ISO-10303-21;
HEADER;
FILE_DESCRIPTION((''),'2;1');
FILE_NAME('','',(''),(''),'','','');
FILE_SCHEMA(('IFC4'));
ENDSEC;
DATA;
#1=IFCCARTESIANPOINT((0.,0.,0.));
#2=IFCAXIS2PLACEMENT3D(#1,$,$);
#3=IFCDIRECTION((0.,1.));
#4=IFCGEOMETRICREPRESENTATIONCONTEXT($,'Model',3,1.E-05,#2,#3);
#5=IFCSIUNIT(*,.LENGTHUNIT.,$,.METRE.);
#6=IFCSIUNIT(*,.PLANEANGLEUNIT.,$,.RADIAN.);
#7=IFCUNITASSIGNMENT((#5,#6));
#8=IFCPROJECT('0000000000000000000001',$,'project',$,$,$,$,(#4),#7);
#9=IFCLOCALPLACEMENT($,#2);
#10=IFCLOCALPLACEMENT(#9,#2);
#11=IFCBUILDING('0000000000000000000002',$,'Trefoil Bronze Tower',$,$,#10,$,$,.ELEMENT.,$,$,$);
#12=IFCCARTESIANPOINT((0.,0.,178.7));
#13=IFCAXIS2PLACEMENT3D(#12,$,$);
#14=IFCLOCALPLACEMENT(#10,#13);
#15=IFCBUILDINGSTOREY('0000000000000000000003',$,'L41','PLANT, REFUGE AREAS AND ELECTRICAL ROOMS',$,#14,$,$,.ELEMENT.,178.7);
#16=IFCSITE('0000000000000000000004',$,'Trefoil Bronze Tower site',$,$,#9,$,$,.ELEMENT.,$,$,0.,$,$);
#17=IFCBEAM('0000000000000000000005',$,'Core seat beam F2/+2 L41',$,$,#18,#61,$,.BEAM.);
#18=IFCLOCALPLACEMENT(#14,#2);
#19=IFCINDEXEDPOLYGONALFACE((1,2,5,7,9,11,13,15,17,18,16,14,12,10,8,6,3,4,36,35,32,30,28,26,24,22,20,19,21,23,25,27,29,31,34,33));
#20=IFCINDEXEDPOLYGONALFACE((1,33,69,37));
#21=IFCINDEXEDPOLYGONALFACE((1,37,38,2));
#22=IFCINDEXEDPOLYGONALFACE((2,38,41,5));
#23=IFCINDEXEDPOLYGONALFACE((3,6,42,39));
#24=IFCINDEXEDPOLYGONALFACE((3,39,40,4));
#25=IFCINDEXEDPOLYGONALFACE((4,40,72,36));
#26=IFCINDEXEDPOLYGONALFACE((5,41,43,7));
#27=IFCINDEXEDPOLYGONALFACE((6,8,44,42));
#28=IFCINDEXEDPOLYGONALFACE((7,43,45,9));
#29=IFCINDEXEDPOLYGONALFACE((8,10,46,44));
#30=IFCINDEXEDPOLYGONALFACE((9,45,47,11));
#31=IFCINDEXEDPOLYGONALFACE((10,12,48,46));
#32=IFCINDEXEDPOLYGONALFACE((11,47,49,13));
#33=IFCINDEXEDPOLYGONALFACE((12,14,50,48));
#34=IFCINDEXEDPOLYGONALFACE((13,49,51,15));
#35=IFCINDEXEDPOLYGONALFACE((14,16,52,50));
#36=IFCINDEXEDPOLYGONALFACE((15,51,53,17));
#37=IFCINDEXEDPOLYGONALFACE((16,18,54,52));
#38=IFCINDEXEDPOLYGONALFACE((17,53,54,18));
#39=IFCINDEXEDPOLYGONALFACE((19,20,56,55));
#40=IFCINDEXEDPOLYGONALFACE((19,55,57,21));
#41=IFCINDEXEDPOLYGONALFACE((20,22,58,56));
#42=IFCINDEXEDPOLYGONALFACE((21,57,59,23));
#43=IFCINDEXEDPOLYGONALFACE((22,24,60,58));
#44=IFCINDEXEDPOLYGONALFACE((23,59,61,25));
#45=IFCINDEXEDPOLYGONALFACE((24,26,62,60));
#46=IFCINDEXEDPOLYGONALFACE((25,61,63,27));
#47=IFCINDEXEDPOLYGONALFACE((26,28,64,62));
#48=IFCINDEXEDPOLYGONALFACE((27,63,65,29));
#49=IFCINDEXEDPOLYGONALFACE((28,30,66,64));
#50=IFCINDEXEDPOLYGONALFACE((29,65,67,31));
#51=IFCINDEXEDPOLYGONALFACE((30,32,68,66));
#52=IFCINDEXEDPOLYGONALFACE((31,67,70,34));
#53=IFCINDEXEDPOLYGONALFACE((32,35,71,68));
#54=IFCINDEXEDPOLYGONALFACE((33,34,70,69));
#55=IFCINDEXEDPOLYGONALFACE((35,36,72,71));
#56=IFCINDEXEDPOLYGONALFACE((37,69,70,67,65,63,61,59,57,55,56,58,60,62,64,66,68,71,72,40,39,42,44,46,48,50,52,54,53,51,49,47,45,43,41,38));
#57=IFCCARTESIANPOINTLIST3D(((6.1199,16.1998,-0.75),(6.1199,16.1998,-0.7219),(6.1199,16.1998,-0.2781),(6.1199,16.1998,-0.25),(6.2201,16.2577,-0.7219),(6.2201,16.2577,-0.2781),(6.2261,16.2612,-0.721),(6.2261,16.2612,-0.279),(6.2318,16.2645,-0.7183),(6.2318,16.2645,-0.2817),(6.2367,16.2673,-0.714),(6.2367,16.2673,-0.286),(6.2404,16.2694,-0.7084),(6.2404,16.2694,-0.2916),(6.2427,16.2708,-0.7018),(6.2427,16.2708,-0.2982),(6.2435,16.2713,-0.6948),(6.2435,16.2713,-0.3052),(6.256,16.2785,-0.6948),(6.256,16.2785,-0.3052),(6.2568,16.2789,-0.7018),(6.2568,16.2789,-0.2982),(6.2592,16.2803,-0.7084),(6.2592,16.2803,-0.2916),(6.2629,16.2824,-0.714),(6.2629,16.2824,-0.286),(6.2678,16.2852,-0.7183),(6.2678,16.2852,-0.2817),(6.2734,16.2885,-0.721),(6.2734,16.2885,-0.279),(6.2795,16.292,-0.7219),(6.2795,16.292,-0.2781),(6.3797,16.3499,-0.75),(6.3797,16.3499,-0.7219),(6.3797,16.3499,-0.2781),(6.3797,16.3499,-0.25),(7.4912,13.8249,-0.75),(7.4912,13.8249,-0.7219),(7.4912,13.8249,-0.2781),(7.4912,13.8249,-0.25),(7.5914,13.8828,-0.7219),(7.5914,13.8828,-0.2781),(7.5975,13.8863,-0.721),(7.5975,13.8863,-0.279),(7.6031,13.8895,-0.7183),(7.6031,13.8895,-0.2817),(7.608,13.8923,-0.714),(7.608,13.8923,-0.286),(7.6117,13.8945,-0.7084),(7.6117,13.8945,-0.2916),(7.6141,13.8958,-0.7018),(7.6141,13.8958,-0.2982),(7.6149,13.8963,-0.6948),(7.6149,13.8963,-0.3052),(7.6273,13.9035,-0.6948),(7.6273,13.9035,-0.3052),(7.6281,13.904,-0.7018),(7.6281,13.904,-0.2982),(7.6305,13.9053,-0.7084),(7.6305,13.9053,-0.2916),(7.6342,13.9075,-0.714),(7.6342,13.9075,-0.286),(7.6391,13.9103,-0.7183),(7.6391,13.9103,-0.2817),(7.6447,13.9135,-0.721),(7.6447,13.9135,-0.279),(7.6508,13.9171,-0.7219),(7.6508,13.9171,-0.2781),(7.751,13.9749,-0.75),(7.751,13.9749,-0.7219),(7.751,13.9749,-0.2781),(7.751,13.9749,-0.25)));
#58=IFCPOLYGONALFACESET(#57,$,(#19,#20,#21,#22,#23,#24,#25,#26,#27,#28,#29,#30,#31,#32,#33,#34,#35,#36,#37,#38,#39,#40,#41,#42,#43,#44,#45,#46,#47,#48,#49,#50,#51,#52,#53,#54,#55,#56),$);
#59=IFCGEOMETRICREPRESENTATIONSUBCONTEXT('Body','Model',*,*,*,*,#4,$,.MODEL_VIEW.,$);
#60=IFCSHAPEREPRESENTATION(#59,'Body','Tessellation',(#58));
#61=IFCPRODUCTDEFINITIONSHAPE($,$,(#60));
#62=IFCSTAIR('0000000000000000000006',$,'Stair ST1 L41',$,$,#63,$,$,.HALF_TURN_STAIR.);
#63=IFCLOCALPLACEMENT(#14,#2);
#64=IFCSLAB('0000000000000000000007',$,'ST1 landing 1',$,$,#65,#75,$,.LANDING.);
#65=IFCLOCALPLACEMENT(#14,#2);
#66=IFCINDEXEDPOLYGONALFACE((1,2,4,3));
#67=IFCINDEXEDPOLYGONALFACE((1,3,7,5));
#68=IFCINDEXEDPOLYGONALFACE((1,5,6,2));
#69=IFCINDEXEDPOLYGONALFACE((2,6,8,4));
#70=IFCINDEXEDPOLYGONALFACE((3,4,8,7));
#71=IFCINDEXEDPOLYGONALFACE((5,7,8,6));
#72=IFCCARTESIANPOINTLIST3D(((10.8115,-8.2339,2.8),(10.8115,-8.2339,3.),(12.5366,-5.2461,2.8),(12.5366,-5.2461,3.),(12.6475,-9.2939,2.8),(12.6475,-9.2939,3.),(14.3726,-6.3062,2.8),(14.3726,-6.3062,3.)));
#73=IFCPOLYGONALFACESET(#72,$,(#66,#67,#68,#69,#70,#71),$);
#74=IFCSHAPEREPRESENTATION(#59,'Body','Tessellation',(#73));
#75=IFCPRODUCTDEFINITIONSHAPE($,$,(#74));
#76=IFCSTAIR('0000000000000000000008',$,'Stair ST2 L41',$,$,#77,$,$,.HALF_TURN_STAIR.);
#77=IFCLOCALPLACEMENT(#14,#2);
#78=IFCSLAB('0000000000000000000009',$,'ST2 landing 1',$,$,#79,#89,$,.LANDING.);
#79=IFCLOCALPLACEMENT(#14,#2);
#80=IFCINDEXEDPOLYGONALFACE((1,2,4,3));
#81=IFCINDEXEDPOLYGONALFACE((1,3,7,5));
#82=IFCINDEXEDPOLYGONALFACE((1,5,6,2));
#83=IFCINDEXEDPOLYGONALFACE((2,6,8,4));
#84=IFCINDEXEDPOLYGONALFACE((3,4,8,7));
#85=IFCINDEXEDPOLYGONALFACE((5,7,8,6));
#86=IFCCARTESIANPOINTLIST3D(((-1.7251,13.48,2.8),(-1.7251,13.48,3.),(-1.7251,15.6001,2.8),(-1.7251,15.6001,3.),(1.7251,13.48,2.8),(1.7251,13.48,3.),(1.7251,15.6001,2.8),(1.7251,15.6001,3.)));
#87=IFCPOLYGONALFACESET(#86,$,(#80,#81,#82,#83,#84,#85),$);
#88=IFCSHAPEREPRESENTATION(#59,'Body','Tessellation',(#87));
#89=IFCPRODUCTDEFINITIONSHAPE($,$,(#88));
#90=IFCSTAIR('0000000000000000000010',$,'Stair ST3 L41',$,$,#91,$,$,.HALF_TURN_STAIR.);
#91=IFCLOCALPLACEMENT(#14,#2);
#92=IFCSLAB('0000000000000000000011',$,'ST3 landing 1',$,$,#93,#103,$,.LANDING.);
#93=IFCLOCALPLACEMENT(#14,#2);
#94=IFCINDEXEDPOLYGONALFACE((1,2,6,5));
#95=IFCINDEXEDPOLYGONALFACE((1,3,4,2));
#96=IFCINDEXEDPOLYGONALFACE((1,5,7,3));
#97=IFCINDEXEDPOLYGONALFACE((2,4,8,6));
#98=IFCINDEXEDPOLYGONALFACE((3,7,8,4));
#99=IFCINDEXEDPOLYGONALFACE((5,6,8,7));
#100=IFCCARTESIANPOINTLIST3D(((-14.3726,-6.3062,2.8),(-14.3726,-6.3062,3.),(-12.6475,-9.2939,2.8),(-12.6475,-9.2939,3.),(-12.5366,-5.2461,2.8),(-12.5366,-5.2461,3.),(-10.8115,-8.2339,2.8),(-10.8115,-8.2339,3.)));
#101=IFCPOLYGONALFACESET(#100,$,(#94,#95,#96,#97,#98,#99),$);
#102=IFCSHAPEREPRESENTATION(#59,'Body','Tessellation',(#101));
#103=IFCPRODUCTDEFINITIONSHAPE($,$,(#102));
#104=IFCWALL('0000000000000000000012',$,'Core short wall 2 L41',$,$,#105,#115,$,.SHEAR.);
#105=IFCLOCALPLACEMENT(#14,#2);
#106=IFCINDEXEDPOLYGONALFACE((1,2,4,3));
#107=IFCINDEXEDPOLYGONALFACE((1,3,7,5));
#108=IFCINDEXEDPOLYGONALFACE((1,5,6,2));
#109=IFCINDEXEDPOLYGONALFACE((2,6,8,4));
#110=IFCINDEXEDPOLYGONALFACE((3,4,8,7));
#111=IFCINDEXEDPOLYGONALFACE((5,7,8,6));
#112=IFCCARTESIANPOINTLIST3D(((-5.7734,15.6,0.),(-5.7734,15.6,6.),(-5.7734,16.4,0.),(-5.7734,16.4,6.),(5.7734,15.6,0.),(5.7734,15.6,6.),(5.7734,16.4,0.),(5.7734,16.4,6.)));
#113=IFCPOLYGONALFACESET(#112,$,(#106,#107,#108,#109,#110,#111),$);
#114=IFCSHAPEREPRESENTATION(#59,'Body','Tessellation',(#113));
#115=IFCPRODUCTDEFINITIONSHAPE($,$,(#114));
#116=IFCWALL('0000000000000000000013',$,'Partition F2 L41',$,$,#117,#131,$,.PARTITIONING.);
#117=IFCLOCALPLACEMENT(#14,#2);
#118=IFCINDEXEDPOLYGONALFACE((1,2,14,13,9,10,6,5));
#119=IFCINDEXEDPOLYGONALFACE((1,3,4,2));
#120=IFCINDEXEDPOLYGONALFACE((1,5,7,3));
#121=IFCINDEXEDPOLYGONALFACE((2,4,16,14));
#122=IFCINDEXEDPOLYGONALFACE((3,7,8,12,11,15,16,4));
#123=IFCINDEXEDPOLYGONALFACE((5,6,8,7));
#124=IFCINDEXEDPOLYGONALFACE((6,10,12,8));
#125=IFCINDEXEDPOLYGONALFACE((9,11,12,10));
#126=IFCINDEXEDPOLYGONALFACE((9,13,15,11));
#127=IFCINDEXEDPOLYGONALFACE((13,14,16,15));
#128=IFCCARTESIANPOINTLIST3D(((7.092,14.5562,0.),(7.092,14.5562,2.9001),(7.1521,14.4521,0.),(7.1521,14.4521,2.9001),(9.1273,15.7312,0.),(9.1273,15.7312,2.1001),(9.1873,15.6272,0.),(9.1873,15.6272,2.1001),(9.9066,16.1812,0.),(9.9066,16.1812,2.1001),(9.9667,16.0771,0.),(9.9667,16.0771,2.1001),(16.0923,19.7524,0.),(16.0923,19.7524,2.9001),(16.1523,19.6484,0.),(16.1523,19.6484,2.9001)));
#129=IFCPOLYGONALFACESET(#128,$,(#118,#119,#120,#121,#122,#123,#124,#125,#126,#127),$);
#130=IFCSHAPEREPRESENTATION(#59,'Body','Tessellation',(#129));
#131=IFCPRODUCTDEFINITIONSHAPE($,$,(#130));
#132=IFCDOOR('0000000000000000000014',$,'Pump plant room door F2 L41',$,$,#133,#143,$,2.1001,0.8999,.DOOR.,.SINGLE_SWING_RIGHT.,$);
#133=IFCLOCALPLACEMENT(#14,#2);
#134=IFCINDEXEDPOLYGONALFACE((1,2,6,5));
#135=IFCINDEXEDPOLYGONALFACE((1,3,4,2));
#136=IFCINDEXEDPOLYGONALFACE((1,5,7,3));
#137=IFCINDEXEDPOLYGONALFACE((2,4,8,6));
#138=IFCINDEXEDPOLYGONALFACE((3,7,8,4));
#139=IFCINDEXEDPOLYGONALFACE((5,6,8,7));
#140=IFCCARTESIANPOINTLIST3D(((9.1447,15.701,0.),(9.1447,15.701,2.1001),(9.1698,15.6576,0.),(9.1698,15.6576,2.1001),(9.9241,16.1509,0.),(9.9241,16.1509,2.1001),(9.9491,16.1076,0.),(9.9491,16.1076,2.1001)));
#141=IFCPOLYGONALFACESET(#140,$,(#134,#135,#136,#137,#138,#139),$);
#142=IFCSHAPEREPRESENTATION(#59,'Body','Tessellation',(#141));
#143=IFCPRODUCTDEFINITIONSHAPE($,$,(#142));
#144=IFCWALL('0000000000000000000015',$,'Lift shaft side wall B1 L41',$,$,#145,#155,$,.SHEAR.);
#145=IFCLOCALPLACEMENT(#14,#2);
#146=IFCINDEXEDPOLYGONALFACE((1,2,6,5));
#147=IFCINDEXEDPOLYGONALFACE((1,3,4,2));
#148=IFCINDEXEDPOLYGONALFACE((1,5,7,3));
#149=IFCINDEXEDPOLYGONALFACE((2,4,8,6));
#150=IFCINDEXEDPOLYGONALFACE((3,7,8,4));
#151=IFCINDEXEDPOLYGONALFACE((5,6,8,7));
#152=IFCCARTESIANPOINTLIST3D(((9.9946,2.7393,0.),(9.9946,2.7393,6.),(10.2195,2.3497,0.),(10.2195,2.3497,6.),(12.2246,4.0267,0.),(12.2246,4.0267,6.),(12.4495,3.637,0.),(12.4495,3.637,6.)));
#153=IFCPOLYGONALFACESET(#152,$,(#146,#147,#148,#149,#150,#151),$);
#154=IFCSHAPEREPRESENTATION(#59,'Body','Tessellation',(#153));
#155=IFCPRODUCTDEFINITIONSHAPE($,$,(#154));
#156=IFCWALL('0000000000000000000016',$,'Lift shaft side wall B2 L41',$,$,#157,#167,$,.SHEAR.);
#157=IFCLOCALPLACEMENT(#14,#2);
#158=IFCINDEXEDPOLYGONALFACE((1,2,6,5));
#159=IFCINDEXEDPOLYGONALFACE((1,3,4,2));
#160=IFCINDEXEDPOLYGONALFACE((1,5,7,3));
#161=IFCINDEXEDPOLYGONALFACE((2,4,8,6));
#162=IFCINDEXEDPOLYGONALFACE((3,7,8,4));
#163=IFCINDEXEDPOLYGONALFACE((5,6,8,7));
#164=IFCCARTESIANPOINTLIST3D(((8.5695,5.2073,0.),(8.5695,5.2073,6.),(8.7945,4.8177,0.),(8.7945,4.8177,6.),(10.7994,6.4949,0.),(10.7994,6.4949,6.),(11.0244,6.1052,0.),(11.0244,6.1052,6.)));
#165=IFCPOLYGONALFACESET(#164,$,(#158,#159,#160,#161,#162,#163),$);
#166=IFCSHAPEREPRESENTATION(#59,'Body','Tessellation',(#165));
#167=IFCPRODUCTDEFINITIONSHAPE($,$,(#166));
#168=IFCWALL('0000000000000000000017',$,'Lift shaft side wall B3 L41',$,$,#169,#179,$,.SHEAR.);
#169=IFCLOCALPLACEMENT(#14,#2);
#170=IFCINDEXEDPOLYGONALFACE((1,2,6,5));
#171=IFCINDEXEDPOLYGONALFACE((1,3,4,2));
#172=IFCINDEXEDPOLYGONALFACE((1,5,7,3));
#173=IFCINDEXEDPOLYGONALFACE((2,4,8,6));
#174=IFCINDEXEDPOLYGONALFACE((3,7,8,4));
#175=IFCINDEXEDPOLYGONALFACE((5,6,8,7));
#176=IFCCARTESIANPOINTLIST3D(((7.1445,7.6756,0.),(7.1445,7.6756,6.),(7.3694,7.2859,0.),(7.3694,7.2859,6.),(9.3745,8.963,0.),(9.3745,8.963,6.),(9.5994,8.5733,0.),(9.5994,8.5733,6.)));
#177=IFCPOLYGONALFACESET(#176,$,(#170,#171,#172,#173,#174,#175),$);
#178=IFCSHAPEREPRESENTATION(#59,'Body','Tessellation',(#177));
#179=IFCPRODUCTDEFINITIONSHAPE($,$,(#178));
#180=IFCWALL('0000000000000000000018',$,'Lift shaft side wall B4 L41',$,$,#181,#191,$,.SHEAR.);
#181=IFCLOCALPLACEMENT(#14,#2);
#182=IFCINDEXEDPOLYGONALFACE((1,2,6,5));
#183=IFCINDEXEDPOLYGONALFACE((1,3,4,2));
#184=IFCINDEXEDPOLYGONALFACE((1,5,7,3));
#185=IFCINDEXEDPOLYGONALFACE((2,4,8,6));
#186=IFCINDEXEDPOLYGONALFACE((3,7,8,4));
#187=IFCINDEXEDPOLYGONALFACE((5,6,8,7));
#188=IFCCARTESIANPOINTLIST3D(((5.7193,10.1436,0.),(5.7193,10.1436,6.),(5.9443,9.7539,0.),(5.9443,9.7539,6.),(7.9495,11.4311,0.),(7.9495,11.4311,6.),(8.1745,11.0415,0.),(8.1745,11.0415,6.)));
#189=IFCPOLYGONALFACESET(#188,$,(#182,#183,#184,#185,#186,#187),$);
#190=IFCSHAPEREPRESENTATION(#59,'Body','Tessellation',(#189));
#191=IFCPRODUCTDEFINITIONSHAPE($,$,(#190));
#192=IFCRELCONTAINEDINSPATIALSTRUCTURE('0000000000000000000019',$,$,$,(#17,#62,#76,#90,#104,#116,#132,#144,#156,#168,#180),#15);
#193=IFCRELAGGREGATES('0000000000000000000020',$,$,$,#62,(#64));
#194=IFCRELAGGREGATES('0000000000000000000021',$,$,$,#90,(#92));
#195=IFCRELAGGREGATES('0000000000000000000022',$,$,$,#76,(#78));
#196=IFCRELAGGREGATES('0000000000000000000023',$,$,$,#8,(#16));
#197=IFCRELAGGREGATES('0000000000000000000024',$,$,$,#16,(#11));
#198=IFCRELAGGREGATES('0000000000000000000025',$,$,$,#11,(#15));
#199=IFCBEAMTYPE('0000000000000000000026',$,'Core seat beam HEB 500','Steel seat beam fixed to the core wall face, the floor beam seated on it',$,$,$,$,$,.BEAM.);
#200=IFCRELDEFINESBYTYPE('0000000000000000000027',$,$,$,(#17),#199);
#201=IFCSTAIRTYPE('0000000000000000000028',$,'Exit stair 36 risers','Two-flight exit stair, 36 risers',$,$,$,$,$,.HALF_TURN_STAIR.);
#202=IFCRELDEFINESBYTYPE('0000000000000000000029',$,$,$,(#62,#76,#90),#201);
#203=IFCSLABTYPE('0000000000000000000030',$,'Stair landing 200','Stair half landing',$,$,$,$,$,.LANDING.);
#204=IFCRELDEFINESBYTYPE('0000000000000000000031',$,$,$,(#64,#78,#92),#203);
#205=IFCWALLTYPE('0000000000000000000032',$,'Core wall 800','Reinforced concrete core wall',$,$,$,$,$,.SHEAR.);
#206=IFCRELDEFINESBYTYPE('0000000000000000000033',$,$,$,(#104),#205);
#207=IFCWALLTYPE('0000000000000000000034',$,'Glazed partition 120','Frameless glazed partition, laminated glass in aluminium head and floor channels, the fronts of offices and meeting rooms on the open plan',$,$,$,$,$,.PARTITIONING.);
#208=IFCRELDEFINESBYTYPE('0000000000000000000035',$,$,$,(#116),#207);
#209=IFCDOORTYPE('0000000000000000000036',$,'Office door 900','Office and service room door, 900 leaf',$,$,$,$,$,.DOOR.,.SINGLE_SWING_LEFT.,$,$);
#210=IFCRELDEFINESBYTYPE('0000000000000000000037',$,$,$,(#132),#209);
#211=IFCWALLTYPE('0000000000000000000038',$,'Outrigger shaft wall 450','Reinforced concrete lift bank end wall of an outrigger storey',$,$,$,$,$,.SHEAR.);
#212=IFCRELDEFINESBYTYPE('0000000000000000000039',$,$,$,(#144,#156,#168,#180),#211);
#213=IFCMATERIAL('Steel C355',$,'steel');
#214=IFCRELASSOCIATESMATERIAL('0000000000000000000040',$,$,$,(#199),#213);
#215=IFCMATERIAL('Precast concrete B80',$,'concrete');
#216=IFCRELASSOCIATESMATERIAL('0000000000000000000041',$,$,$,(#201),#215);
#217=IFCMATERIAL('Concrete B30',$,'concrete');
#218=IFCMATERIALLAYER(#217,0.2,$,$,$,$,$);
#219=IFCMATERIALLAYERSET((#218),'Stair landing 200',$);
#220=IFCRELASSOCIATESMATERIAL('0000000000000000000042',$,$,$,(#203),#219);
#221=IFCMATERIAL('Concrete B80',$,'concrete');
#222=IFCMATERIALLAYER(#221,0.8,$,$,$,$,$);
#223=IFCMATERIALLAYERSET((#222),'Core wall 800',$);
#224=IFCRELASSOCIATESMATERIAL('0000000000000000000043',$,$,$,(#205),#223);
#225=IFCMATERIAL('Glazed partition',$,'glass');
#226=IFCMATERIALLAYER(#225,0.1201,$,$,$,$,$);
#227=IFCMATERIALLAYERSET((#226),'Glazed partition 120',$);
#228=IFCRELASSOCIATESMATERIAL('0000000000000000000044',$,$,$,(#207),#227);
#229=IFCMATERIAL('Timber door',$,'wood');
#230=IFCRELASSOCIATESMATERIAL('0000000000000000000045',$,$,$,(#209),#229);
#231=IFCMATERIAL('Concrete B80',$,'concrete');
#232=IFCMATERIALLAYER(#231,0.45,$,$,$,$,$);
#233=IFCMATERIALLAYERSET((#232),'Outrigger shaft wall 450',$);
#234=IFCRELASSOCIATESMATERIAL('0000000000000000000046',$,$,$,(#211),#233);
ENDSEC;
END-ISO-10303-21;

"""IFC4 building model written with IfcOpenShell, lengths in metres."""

from ifc_helpers import new_model, si_unit, direction, frame, frame_2d, origin, origin_2d, place, context, subcontext, project, spatial, polyline, rectangle, i_section, outline, extrude, material, layer, layer_set, material_profile, profile_set, type_object, element, fill, aggregate, save


model = new_model("IFC4")

# Units and contexts
model_context = context("Model", 3, precision=1e-05, world=origin(), true_north=direction((0.0, 1.0)))
body_context = subcontext(model_context, "Body", "Model", "MODEL_VIEW")
ifc_project = project(units=[si_unit("LENGTHUNIT", "METRE"), si_unit("PLANEANGLEUNIT", "RADIAN")], contexts=[model_context])

# Site, building, storey
site_placement = place(None, origin())
site = spatial("IfcSite", under=ifc_project, at=site_placement, Name="Trefoil Bronze Tower site", CompositionType="ELEMENT", RefElevation=0.0)
building_placement = place(site_placement, origin())
building = spatial("IfcBuilding", under=site, at=building_placement, Name="Trefoil Bronze Tower", CompositionType="ELEMENT")
storey_placement = place(building_placement, frame((0.0, 0.0, 178.7)))
storey = spatial("IfcBuildingStorey", under=building, at=storey_placement, Name="L41", Description="PLANT, REFUGE AREAS AND ELECTRICAL ROOMS", CompositionType="ELEMENT", Elevation=178.7)

# Beam
ifc_material_1 = material(Name="Steel C355", Category="steel")
ifc_material_profile = material_profile(ifc_material_1, i_section(OverallWidth=0.3, OverallDepth=0.5, WebThickness=0.0144, FlangeThickness=0.0281, FilletRadius=0.0271, at=origin_2d()), Name="HEB 500")
ifc_profile_set = profile_set([ifc_material_profile], Name="Steel C355")
beam_type = type_object("IfcBeamType", Name="Core seat beam HEB 500", Description="Steel seat beam fixed to the core wall face, the floor beam seated on it", PredefinedType="BEAM", material=ifc_profile_set)
beam_placement = place(storey_placement, frame((7.6211, 13.8999, -0.5), z_axis=(-0.500036, 0.866005, 0.0), x_axis=(-0.866005, -0.500036, 0.0)))
element("IfcBeam", 1, at=beam_placement, inside=storey, type_object=beam_type, Name="Core seat beam F2/+2 L41", PredefinedType="BEAM", context=body_context, shape_type="SweptSolid", body=[
    extrude(i_section(OverallWidth=0.3, OverallDepth=0.5, WebThickness=0.0144, FlangeThickness=0.0281, FilletRadius=0.0271, at=origin_2d()), origin(), (0.0, 0.0, 1.0), 2.7424),
])

# Stairs, slabs
ifc_material_2 = material(Name="Precast concrete B80", Category="concrete")
stair_type = type_object("IfcStairType", Name="Exit stair 36 risers", Description="Two-flight exit stair, 36 risers", PredefinedType="HALF_TURN_STAIR", material=ifc_material_2)
stair_1_placement = place(storey_placement, origin())
stair_1 = element("IfcStair", 2, at=stair_1_placement, inside=storey, type_object=stair_type, Name="Stair ST1 L41", PredefinedType="HALF_TURN_STAIR")
ifc_material_3 = material(Name="Concrete B30", Category="concrete")
ifc_layer_1 = layer(ifc_material_3, 0.2)
ifc_layer_set_1 = layer_set([ifc_layer_1], Name="Stair landing 200")
slab_type = type_object("IfcSlabType", Name="Stair landing 200", Description="Stair half landing", PredefinedType="LANDING", material=ifc_layer_set_1)
slab_1_placement = place(storey_placement, frame((0.0, 0.0, 2.8)))
slab_1 = element("IfcSlab", 3, at=slab_1_placement, type_object=slab_type, Name="ST1 landing 1", PredefinedType="LANDING", context=body_context, shape_type="SweptSolid", body=[
    extrude(outline(polyline([(10.8115, -8.2339), (12.6475, -9.2939), (14.3726, -6.3062), (12.5366, -5.2461), (10.8115, -8.2339)])), origin(), (0.0, 0.0, 1.0), 0.2),
])
aggregate(stair_1, [slab_1])
stair_2_placement = place(storey_placement, origin())
stair_2 = element("IfcStair", 4, at=stair_2_placement, inside=storey, type_object=stair_type, Name="Stair ST2 L41", PredefinedType="HALF_TURN_STAIR")
slab_2_placement = place(storey_placement, frame((0.0, 0.0, 2.8)))
slab_2 = element("IfcSlab", 5, at=slab_2_placement, type_object=slab_type, Name="ST2 landing 1", PredefinedType="LANDING", context=body_context, shape_type="SweptSolid", body=[
    extrude(outline(polyline([(1.7251, 13.48), (1.7251, 15.6001), (-1.7251, 15.6001), (-1.7251, 13.48), (1.7251, 13.48)])), origin(), (0.0, 0.0, 1.0), 0.2),
])
stair_3_placement = place(storey_placement, origin())
stair_3 = element("IfcStair", 6, at=stair_3_placement, inside=storey, type_object=stair_type, Name="Stair ST3 L41", PredefinedType="HALF_TURN_STAIR")
slab_3_placement = place(storey_placement, frame((0.0, 0.0, 2.8)))
slab_3 = element("IfcSlab", 7, at=slab_3_placement, type_object=slab_type, Name="ST3 landing 1", PredefinedType="LANDING", context=body_context, shape_type="SweptSolid", body=[
    extrude(outline(polyline([(-12.5366, -5.2461), (-14.3726, -6.3062), (-12.6475, -9.2939), (-10.8115, -8.2339), (-12.5366, -5.2461)])), origin(), (0.0, 0.0, 1.0), 0.2),
])
aggregate(stair_3, [slab_3])

# Wall
ifc_material_4 = material(Name="Concrete B80", Category="concrete")
ifc_layer_2 = layer(ifc_material_4, 0.8)
ifc_layer_set_2 = layer_set([ifc_layer_2], Name="Core wall 800")
wall_type_1 = type_object("IfcWallType", Name="Core wall 800", Description="Reinforced concrete core wall", PredefinedType="SHEAR", material=ifc_layer_set_2)
wall_1_placement = place(storey_placement, frame((5.7734, 16.0, 0.0), z_axis=(0.0, 0.0, 1.0), x_axis=(-1.0, 0.0, 0.0)))
element("IfcWall", 8, at=wall_1_placement, inside=storey, type_object=wall_type_1, Name="Core short wall 2 L41", PredefinedType="SHEAR", context=body_context, shape_type="SweptSolid", body=[
    extrude(rectangle(XDim=11.5469, YDim=0.8, at=frame_2d((5.7734, 0.0))), origin(), (0.0, 0.0, 1.0), 6.0),
])

# Wall, opening, door
ifc_material_5 = material(Name="Glazed partition", Category="glass")
ifc_layer_3 = layer(ifc_material_5, 0.1201)
ifc_layer_set_3 = layer_set([ifc_layer_3], Name="Glazed partition 120")
wall_type_2 = type_object("IfcWallType", Name="Glazed partition 120", Description="Frameless glazed partition, laminated glass in aluminium head and floor channels, the fronts of offices and meeting rooms on the open plan", PredefinedType="PARTITIONING", material=ifc_layer_set_3)
wall_2_placement = place(storey_placement, frame((7.1221, 14.5042, 0.0), z_axis=(0.0, 0.0, 1.0), x_axis=(0.866026, 0.5, 0.0)))
wall_2 = element("IfcWall", 9, at=wall_2_placement, inside=storey, type_object=wall_type_2, Name="Partition F2 L41", PredefinedType="PARTITIONING", context=body_context, shape_type="SweptSolid", body=[
    extrude(rectangle(XDim=10.3926, YDim=0.1201, at=frame_2d((5.1963, 0.0))), origin(), (0.0, 0.0, 1.0), 2.9001),
])
opening_1_placement = place(wall_2_placement, frame((2.3501, 0.0, 0.0)))
opening_1 = element("IfcOpeningElement", 10, at=opening_1_placement, cuts=wall_2, PredefinedType="OPENING", context=body_context, shape_type="SweptSolid", body=[
    extrude(rectangle(XDim=0.8999, YDim=2.1001, at=frame_2d((0.45, 1.05))), frame((0.0, 0.0701, 0.0), z_axis=(0.0, -1.0, 0.0), x_axis=(1.0, 0.0, 0.0)), (0.0, 0.0, 1.0), 0.1401),
])
ifc_material_6 = material(Name="Timber door", Category="wood")
door_type_1 = type_object("IfcDoorType", Name="Office door 900", Description="Office and service room door, 900 leaf", OperationType="SINGLE_SWING_LEFT", PredefinedType="DOOR", material=ifc_material_6)
door_1_placement = place(opening_1_placement, frame((0.8999, 0.0, 0.0), z_axis=(0.0, 0.0, 1.0), x_axis=(-1.0, 0.0, 0.0)))
door_1 = element("IfcDoor", 11, at=door_1_placement, inside=storey, type_object=door_type_1, Name="Pump plant room door F2 L41", OperationType="SINGLE_SWING_RIGHT", OverallHeight=2.1001, OverallWidth=0.8999, PredefinedType="DOOR", context=body_context, shape_type="SweptSolid", body=[
    extrude(rectangle(XDim=0.8999, YDim=2.1001, at=frame_2d((0.45, 1.05))), frame((0.0, 0.0249, 0.0), z_axis=(0.0, -1.0, 0.0), x_axis=(1.0, 0.0, 0.0)), (0.0, 0.0, 1.0), 0.05),
])
fill(opening_1, door_1)

# Walls
ifc_material_7 = material(Name="Concrete B80", Category="concrete")
ifc_layer_4 = layer(ifc_material_7, 0.45)
ifc_layer_set_4 = layer_set([ifc_layer_4], Name="Outrigger shaft wall 450")
wall_type_3 = type_object("IfcWallType", Name="Outrigger shaft wall 450", Description="Reinforced concrete lift bank end wall of an outrigger storey", PredefinedType="SHEAR", material=ifc_layer_set_4)
for number, where, z_axis, x_axis, name in (
    (12, (10.1069, 2.5444, 0.0), (0.0, 0.0, 1.0), (0.866047, 0.499963, 0.0), "Lift shaft side wall B1 L41"),
    (13, (8.6819, 5.0125, 0.0), (0.0, 0.0, 1.0), (0.866006, 0.500034, 0.0), "Lift shaft side wall B2 L41"),
    (14, (7.2568, 7.4807, 0.0), (0.0, 0.0, 1.0), (0.866047, 0.499963, 0.0), "Lift shaft side wall B3 L41"),
):
    element("IfcWall", number, at=place(storey_placement, frame(where, z_axis=z_axis, x_axis=x_axis)), inside=storey, type_object=wall_type_3, Name=name, PredefinedType="SHEAR", context=body_context, shape_type="SweptSolid", body=[
        extrude(rectangle(XDim=2.575, YDim=0.45, at=frame_2d((1.2876, 0.0))), origin(), (0.0, 0.0, 1.0), 6.0),
    ])
wall_3_placement = place(storey_placement, frame((5.8318, 9.9487, 0.0), z_axis=(0.0, 0.0, 1.0), x_axis=(0.866029, 0.499993, 0.0)))
element("IfcWall", 15, at=wall_3_placement, inside=storey, type_object=wall_type_3, Name="Lift shaft side wall B4 L41", PredefinedType="SHEAR", context=body_context, shape_type="SweptSolid", body=[
    extrude(rectangle(XDim=2.5752, YDim=0.45, at=frame_2d((1.2876, 0.0))), origin(), (0.0, 0.0, 1.0), 6.0),
])

aggregate(stair_2, [slab_2])

save(model, "model.ifc")
